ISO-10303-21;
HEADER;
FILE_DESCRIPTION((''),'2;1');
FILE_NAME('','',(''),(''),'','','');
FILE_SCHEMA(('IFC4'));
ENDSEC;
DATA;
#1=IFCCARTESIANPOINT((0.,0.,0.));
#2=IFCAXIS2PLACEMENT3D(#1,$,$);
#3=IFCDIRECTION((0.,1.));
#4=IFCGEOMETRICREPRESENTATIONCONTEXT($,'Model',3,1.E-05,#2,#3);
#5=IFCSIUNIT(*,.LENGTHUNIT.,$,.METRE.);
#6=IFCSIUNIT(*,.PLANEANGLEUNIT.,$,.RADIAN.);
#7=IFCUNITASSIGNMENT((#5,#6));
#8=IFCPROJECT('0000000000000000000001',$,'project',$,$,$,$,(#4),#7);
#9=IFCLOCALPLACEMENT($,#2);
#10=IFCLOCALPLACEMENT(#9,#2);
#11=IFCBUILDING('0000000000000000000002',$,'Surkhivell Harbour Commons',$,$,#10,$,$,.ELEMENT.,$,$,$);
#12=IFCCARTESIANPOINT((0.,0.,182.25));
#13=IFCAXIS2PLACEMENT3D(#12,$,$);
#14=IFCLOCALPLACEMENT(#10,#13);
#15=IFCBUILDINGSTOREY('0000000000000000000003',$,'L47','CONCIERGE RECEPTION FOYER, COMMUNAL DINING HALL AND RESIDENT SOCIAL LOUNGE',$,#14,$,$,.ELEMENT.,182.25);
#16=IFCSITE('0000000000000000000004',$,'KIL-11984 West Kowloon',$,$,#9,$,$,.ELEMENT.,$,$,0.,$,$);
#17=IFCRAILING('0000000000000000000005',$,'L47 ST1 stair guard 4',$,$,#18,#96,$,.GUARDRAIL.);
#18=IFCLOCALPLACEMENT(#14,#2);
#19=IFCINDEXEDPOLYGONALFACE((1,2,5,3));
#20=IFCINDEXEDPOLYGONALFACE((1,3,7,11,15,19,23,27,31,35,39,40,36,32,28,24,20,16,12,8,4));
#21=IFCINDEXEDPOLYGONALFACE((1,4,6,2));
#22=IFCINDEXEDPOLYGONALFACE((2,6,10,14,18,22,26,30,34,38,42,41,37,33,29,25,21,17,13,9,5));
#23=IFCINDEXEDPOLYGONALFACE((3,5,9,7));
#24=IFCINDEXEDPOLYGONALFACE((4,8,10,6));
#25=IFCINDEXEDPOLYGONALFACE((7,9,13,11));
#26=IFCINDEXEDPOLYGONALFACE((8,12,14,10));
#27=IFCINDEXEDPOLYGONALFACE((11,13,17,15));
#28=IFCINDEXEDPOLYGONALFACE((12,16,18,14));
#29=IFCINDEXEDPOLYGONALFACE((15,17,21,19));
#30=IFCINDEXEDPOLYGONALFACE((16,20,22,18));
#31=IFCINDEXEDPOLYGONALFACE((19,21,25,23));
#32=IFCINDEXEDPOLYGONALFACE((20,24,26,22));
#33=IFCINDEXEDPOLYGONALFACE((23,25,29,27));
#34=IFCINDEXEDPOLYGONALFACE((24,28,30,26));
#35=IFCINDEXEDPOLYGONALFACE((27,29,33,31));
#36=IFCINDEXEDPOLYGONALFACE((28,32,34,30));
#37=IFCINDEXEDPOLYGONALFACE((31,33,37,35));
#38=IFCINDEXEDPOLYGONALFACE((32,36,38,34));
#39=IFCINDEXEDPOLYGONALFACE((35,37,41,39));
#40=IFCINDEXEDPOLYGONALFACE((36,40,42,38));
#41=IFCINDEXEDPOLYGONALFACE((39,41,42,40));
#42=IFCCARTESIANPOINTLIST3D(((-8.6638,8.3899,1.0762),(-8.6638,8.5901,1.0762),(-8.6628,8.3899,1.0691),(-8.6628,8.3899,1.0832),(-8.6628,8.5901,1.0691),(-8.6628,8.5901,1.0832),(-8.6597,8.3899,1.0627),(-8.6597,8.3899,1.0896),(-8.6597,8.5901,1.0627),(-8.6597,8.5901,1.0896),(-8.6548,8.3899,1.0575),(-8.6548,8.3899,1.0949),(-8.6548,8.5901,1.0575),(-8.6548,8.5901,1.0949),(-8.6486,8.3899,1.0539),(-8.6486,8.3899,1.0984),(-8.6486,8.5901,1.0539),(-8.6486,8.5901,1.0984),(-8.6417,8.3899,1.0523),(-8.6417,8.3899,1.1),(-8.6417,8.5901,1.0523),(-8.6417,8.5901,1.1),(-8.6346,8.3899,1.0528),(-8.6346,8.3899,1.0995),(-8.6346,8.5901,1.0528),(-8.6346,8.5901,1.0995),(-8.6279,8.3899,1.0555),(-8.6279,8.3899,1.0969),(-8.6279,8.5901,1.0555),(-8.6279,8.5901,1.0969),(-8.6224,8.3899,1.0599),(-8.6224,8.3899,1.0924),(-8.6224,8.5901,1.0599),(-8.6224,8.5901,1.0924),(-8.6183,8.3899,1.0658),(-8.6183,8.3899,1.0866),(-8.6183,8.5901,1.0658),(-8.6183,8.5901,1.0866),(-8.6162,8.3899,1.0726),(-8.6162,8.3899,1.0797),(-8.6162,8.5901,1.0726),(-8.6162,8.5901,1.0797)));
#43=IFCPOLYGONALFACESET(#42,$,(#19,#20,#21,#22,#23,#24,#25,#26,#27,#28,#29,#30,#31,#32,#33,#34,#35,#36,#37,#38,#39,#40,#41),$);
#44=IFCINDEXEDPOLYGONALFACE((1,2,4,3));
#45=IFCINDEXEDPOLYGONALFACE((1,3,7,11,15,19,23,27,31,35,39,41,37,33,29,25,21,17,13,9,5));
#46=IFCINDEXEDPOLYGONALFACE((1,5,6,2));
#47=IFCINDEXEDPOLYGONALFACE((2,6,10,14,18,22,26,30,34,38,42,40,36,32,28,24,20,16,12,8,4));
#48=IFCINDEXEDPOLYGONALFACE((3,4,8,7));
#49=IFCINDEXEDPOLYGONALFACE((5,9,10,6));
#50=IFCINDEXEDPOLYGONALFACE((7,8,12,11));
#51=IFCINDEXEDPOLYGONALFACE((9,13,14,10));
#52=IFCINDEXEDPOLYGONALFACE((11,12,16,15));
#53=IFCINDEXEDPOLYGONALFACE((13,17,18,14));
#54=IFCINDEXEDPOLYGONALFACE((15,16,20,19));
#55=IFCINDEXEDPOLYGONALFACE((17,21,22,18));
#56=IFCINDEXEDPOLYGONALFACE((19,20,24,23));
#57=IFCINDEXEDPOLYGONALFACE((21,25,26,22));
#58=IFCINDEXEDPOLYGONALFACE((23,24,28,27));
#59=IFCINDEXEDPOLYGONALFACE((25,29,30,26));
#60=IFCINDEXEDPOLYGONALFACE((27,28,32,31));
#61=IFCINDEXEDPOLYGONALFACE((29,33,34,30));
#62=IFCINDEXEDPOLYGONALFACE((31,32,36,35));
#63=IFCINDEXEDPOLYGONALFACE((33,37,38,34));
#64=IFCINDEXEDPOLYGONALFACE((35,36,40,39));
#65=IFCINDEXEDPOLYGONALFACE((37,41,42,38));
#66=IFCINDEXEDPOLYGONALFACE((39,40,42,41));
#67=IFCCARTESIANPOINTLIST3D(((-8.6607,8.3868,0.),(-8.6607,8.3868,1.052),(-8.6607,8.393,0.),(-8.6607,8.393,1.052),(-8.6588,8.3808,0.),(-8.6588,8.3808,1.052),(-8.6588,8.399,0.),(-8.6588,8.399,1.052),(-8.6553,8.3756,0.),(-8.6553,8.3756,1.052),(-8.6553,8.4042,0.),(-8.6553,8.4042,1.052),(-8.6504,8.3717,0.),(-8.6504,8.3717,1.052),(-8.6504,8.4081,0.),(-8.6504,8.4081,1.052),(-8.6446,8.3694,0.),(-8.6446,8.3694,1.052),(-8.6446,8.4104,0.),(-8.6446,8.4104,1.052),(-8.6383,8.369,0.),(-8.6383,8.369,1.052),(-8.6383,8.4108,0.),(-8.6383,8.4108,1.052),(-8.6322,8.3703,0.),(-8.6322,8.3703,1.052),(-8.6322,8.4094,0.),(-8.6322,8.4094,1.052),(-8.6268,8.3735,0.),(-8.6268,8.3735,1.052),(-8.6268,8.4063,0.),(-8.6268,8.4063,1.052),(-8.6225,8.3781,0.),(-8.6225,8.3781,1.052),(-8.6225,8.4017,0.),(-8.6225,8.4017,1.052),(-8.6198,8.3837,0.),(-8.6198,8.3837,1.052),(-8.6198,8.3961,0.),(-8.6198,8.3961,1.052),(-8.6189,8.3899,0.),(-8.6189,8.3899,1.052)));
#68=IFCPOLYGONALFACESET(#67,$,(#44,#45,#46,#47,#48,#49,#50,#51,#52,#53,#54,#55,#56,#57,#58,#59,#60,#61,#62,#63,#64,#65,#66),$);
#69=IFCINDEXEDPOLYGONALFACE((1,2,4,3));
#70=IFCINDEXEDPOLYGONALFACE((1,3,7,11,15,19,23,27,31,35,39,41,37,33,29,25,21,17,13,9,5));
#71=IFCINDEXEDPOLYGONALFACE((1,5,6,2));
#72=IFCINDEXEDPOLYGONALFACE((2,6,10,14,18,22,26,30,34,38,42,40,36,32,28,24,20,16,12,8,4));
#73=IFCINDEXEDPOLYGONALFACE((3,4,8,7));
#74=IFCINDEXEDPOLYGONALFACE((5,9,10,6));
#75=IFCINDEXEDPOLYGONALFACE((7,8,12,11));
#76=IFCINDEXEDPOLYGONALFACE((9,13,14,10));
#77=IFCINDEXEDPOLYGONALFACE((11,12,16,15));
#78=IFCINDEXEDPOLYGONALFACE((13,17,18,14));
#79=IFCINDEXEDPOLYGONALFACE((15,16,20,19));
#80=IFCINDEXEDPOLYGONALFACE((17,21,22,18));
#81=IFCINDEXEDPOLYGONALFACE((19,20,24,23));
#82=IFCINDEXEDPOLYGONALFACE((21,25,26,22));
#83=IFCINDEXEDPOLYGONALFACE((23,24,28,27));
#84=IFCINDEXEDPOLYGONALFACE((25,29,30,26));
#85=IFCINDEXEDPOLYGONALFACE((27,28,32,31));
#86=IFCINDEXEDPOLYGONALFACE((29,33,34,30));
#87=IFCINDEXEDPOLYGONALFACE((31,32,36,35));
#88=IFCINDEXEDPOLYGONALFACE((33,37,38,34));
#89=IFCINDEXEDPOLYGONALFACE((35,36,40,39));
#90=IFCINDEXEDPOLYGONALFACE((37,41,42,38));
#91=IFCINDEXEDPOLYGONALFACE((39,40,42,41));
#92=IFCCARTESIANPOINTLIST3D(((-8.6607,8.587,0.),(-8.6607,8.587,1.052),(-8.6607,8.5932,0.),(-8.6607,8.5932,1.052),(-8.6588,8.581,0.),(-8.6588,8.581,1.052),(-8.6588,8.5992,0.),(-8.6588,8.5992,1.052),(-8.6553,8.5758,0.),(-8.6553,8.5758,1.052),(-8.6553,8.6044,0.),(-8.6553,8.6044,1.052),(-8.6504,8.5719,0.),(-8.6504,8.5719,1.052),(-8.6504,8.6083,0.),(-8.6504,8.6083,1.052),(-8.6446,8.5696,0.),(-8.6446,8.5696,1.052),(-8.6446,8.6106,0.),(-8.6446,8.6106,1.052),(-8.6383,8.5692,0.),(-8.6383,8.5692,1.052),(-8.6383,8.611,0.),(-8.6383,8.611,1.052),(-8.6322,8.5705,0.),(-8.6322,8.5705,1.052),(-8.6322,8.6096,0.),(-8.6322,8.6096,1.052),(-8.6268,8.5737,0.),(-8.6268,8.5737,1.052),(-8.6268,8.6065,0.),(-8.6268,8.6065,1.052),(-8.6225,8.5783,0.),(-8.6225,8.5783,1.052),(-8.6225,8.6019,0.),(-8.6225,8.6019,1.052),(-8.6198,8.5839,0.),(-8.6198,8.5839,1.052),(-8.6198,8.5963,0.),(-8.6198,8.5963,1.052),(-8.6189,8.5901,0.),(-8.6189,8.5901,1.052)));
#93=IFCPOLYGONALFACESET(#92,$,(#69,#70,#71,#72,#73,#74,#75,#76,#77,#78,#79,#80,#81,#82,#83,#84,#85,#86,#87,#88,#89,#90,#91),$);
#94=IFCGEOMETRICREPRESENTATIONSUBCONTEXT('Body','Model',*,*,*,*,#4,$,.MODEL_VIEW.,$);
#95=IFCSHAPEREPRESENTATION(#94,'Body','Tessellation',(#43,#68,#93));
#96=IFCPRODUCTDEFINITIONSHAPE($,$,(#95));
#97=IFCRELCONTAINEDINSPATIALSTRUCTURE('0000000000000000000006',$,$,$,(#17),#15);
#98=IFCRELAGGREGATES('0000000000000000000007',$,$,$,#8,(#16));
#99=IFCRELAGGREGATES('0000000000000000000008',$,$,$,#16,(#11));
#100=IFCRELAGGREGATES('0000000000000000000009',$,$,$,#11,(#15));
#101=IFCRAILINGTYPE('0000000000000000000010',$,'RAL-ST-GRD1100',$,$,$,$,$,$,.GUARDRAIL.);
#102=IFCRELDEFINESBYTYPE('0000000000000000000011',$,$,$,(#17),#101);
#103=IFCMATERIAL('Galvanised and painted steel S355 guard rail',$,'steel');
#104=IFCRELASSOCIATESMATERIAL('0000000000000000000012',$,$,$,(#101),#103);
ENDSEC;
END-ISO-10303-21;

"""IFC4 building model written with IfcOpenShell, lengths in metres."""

from ifc_helpers import new_model, si_unit, direction, frame, origin, origin_2d, place, context, subcontext, project, spatial, circle, extrude, material, type_object, element, save


model = new_model("IFC4")

# Units and contexts
model_context = context("Model", 3, precision=1e-05, world=origin(), true_north=direction((0.0, 1.0)))
body_context = subcontext(model_context, "Body", "Model", "MODEL_VIEW")
ifc_project = project(units=[si_unit("LENGTHUNIT", "METRE"), si_unit("PLANEANGLEUNIT", "RADIAN")], contexts=[model_context])

# Site, building, storey
site_placement = place(None, origin())
site = spatial("IfcSite", under=ifc_project, at=site_placement, Name="KIL-11984 West Kowloon", CompositionType="ELEMENT", RefElevation=0.0)
building_placement = place(site_placement, origin())
building = spatial("IfcBuilding", under=site, at=building_placement, Name="Surkhivell Harbour Commons", CompositionType="ELEMENT")
storey_placement = place(building_placement, frame((0.0, 0.0, 182.25)))
storey = spatial("IfcBuildingStorey", under=building, at=storey_placement, Name="L47", Description="CONCIERGE RECEPTION FOYER, COMMUNAL DINING HALL AND RESIDENT SOCIAL LOUNGE", CompositionType="ELEMENT", Elevation=182.25)

# Railing
ifc_material_1 = material(Name="Galvanised and painted steel S355 guard rail", Category="steel")
railing_type_1 = type_object("IfcRailingType", Name="RAL-ST-GRD1100", PredefinedType="GUARDRAIL", material=ifc_material_1)
railing_1_placement = place(storey_placement, frame((-8.6399, 8.3899, 0.0)))
element("IfcRailing", 1, at=railing_1_placement, inside=storey, type_object=railing_type_1, Name="L47 ST1 stair guard 4", PredefinedType="GUARDRAIL", context=body_context, shape_type="SweptSolid", body=[
    extrude(circle(Radius=0.0239, at=origin_2d()), frame((0.0, 0.0, 1.0762), z_axis=(0.0, 1.0, 0.0), x_axis=(-1.0, 0.0, 0.0)), (0.0, 0.0, 1.0), 0.2002),
    extrude(circle(Radius=0.021, at=origin_2d()), origin(), (0.0, 0.0, 1.0), 1.052),
    extrude(circle(Radius=0.021, at=origin_2d()), frame((0.0, 0.2002, 0.0)), (0.0, 0.0, 1.0), 1.052),
])

save(model, "model.ifc")
